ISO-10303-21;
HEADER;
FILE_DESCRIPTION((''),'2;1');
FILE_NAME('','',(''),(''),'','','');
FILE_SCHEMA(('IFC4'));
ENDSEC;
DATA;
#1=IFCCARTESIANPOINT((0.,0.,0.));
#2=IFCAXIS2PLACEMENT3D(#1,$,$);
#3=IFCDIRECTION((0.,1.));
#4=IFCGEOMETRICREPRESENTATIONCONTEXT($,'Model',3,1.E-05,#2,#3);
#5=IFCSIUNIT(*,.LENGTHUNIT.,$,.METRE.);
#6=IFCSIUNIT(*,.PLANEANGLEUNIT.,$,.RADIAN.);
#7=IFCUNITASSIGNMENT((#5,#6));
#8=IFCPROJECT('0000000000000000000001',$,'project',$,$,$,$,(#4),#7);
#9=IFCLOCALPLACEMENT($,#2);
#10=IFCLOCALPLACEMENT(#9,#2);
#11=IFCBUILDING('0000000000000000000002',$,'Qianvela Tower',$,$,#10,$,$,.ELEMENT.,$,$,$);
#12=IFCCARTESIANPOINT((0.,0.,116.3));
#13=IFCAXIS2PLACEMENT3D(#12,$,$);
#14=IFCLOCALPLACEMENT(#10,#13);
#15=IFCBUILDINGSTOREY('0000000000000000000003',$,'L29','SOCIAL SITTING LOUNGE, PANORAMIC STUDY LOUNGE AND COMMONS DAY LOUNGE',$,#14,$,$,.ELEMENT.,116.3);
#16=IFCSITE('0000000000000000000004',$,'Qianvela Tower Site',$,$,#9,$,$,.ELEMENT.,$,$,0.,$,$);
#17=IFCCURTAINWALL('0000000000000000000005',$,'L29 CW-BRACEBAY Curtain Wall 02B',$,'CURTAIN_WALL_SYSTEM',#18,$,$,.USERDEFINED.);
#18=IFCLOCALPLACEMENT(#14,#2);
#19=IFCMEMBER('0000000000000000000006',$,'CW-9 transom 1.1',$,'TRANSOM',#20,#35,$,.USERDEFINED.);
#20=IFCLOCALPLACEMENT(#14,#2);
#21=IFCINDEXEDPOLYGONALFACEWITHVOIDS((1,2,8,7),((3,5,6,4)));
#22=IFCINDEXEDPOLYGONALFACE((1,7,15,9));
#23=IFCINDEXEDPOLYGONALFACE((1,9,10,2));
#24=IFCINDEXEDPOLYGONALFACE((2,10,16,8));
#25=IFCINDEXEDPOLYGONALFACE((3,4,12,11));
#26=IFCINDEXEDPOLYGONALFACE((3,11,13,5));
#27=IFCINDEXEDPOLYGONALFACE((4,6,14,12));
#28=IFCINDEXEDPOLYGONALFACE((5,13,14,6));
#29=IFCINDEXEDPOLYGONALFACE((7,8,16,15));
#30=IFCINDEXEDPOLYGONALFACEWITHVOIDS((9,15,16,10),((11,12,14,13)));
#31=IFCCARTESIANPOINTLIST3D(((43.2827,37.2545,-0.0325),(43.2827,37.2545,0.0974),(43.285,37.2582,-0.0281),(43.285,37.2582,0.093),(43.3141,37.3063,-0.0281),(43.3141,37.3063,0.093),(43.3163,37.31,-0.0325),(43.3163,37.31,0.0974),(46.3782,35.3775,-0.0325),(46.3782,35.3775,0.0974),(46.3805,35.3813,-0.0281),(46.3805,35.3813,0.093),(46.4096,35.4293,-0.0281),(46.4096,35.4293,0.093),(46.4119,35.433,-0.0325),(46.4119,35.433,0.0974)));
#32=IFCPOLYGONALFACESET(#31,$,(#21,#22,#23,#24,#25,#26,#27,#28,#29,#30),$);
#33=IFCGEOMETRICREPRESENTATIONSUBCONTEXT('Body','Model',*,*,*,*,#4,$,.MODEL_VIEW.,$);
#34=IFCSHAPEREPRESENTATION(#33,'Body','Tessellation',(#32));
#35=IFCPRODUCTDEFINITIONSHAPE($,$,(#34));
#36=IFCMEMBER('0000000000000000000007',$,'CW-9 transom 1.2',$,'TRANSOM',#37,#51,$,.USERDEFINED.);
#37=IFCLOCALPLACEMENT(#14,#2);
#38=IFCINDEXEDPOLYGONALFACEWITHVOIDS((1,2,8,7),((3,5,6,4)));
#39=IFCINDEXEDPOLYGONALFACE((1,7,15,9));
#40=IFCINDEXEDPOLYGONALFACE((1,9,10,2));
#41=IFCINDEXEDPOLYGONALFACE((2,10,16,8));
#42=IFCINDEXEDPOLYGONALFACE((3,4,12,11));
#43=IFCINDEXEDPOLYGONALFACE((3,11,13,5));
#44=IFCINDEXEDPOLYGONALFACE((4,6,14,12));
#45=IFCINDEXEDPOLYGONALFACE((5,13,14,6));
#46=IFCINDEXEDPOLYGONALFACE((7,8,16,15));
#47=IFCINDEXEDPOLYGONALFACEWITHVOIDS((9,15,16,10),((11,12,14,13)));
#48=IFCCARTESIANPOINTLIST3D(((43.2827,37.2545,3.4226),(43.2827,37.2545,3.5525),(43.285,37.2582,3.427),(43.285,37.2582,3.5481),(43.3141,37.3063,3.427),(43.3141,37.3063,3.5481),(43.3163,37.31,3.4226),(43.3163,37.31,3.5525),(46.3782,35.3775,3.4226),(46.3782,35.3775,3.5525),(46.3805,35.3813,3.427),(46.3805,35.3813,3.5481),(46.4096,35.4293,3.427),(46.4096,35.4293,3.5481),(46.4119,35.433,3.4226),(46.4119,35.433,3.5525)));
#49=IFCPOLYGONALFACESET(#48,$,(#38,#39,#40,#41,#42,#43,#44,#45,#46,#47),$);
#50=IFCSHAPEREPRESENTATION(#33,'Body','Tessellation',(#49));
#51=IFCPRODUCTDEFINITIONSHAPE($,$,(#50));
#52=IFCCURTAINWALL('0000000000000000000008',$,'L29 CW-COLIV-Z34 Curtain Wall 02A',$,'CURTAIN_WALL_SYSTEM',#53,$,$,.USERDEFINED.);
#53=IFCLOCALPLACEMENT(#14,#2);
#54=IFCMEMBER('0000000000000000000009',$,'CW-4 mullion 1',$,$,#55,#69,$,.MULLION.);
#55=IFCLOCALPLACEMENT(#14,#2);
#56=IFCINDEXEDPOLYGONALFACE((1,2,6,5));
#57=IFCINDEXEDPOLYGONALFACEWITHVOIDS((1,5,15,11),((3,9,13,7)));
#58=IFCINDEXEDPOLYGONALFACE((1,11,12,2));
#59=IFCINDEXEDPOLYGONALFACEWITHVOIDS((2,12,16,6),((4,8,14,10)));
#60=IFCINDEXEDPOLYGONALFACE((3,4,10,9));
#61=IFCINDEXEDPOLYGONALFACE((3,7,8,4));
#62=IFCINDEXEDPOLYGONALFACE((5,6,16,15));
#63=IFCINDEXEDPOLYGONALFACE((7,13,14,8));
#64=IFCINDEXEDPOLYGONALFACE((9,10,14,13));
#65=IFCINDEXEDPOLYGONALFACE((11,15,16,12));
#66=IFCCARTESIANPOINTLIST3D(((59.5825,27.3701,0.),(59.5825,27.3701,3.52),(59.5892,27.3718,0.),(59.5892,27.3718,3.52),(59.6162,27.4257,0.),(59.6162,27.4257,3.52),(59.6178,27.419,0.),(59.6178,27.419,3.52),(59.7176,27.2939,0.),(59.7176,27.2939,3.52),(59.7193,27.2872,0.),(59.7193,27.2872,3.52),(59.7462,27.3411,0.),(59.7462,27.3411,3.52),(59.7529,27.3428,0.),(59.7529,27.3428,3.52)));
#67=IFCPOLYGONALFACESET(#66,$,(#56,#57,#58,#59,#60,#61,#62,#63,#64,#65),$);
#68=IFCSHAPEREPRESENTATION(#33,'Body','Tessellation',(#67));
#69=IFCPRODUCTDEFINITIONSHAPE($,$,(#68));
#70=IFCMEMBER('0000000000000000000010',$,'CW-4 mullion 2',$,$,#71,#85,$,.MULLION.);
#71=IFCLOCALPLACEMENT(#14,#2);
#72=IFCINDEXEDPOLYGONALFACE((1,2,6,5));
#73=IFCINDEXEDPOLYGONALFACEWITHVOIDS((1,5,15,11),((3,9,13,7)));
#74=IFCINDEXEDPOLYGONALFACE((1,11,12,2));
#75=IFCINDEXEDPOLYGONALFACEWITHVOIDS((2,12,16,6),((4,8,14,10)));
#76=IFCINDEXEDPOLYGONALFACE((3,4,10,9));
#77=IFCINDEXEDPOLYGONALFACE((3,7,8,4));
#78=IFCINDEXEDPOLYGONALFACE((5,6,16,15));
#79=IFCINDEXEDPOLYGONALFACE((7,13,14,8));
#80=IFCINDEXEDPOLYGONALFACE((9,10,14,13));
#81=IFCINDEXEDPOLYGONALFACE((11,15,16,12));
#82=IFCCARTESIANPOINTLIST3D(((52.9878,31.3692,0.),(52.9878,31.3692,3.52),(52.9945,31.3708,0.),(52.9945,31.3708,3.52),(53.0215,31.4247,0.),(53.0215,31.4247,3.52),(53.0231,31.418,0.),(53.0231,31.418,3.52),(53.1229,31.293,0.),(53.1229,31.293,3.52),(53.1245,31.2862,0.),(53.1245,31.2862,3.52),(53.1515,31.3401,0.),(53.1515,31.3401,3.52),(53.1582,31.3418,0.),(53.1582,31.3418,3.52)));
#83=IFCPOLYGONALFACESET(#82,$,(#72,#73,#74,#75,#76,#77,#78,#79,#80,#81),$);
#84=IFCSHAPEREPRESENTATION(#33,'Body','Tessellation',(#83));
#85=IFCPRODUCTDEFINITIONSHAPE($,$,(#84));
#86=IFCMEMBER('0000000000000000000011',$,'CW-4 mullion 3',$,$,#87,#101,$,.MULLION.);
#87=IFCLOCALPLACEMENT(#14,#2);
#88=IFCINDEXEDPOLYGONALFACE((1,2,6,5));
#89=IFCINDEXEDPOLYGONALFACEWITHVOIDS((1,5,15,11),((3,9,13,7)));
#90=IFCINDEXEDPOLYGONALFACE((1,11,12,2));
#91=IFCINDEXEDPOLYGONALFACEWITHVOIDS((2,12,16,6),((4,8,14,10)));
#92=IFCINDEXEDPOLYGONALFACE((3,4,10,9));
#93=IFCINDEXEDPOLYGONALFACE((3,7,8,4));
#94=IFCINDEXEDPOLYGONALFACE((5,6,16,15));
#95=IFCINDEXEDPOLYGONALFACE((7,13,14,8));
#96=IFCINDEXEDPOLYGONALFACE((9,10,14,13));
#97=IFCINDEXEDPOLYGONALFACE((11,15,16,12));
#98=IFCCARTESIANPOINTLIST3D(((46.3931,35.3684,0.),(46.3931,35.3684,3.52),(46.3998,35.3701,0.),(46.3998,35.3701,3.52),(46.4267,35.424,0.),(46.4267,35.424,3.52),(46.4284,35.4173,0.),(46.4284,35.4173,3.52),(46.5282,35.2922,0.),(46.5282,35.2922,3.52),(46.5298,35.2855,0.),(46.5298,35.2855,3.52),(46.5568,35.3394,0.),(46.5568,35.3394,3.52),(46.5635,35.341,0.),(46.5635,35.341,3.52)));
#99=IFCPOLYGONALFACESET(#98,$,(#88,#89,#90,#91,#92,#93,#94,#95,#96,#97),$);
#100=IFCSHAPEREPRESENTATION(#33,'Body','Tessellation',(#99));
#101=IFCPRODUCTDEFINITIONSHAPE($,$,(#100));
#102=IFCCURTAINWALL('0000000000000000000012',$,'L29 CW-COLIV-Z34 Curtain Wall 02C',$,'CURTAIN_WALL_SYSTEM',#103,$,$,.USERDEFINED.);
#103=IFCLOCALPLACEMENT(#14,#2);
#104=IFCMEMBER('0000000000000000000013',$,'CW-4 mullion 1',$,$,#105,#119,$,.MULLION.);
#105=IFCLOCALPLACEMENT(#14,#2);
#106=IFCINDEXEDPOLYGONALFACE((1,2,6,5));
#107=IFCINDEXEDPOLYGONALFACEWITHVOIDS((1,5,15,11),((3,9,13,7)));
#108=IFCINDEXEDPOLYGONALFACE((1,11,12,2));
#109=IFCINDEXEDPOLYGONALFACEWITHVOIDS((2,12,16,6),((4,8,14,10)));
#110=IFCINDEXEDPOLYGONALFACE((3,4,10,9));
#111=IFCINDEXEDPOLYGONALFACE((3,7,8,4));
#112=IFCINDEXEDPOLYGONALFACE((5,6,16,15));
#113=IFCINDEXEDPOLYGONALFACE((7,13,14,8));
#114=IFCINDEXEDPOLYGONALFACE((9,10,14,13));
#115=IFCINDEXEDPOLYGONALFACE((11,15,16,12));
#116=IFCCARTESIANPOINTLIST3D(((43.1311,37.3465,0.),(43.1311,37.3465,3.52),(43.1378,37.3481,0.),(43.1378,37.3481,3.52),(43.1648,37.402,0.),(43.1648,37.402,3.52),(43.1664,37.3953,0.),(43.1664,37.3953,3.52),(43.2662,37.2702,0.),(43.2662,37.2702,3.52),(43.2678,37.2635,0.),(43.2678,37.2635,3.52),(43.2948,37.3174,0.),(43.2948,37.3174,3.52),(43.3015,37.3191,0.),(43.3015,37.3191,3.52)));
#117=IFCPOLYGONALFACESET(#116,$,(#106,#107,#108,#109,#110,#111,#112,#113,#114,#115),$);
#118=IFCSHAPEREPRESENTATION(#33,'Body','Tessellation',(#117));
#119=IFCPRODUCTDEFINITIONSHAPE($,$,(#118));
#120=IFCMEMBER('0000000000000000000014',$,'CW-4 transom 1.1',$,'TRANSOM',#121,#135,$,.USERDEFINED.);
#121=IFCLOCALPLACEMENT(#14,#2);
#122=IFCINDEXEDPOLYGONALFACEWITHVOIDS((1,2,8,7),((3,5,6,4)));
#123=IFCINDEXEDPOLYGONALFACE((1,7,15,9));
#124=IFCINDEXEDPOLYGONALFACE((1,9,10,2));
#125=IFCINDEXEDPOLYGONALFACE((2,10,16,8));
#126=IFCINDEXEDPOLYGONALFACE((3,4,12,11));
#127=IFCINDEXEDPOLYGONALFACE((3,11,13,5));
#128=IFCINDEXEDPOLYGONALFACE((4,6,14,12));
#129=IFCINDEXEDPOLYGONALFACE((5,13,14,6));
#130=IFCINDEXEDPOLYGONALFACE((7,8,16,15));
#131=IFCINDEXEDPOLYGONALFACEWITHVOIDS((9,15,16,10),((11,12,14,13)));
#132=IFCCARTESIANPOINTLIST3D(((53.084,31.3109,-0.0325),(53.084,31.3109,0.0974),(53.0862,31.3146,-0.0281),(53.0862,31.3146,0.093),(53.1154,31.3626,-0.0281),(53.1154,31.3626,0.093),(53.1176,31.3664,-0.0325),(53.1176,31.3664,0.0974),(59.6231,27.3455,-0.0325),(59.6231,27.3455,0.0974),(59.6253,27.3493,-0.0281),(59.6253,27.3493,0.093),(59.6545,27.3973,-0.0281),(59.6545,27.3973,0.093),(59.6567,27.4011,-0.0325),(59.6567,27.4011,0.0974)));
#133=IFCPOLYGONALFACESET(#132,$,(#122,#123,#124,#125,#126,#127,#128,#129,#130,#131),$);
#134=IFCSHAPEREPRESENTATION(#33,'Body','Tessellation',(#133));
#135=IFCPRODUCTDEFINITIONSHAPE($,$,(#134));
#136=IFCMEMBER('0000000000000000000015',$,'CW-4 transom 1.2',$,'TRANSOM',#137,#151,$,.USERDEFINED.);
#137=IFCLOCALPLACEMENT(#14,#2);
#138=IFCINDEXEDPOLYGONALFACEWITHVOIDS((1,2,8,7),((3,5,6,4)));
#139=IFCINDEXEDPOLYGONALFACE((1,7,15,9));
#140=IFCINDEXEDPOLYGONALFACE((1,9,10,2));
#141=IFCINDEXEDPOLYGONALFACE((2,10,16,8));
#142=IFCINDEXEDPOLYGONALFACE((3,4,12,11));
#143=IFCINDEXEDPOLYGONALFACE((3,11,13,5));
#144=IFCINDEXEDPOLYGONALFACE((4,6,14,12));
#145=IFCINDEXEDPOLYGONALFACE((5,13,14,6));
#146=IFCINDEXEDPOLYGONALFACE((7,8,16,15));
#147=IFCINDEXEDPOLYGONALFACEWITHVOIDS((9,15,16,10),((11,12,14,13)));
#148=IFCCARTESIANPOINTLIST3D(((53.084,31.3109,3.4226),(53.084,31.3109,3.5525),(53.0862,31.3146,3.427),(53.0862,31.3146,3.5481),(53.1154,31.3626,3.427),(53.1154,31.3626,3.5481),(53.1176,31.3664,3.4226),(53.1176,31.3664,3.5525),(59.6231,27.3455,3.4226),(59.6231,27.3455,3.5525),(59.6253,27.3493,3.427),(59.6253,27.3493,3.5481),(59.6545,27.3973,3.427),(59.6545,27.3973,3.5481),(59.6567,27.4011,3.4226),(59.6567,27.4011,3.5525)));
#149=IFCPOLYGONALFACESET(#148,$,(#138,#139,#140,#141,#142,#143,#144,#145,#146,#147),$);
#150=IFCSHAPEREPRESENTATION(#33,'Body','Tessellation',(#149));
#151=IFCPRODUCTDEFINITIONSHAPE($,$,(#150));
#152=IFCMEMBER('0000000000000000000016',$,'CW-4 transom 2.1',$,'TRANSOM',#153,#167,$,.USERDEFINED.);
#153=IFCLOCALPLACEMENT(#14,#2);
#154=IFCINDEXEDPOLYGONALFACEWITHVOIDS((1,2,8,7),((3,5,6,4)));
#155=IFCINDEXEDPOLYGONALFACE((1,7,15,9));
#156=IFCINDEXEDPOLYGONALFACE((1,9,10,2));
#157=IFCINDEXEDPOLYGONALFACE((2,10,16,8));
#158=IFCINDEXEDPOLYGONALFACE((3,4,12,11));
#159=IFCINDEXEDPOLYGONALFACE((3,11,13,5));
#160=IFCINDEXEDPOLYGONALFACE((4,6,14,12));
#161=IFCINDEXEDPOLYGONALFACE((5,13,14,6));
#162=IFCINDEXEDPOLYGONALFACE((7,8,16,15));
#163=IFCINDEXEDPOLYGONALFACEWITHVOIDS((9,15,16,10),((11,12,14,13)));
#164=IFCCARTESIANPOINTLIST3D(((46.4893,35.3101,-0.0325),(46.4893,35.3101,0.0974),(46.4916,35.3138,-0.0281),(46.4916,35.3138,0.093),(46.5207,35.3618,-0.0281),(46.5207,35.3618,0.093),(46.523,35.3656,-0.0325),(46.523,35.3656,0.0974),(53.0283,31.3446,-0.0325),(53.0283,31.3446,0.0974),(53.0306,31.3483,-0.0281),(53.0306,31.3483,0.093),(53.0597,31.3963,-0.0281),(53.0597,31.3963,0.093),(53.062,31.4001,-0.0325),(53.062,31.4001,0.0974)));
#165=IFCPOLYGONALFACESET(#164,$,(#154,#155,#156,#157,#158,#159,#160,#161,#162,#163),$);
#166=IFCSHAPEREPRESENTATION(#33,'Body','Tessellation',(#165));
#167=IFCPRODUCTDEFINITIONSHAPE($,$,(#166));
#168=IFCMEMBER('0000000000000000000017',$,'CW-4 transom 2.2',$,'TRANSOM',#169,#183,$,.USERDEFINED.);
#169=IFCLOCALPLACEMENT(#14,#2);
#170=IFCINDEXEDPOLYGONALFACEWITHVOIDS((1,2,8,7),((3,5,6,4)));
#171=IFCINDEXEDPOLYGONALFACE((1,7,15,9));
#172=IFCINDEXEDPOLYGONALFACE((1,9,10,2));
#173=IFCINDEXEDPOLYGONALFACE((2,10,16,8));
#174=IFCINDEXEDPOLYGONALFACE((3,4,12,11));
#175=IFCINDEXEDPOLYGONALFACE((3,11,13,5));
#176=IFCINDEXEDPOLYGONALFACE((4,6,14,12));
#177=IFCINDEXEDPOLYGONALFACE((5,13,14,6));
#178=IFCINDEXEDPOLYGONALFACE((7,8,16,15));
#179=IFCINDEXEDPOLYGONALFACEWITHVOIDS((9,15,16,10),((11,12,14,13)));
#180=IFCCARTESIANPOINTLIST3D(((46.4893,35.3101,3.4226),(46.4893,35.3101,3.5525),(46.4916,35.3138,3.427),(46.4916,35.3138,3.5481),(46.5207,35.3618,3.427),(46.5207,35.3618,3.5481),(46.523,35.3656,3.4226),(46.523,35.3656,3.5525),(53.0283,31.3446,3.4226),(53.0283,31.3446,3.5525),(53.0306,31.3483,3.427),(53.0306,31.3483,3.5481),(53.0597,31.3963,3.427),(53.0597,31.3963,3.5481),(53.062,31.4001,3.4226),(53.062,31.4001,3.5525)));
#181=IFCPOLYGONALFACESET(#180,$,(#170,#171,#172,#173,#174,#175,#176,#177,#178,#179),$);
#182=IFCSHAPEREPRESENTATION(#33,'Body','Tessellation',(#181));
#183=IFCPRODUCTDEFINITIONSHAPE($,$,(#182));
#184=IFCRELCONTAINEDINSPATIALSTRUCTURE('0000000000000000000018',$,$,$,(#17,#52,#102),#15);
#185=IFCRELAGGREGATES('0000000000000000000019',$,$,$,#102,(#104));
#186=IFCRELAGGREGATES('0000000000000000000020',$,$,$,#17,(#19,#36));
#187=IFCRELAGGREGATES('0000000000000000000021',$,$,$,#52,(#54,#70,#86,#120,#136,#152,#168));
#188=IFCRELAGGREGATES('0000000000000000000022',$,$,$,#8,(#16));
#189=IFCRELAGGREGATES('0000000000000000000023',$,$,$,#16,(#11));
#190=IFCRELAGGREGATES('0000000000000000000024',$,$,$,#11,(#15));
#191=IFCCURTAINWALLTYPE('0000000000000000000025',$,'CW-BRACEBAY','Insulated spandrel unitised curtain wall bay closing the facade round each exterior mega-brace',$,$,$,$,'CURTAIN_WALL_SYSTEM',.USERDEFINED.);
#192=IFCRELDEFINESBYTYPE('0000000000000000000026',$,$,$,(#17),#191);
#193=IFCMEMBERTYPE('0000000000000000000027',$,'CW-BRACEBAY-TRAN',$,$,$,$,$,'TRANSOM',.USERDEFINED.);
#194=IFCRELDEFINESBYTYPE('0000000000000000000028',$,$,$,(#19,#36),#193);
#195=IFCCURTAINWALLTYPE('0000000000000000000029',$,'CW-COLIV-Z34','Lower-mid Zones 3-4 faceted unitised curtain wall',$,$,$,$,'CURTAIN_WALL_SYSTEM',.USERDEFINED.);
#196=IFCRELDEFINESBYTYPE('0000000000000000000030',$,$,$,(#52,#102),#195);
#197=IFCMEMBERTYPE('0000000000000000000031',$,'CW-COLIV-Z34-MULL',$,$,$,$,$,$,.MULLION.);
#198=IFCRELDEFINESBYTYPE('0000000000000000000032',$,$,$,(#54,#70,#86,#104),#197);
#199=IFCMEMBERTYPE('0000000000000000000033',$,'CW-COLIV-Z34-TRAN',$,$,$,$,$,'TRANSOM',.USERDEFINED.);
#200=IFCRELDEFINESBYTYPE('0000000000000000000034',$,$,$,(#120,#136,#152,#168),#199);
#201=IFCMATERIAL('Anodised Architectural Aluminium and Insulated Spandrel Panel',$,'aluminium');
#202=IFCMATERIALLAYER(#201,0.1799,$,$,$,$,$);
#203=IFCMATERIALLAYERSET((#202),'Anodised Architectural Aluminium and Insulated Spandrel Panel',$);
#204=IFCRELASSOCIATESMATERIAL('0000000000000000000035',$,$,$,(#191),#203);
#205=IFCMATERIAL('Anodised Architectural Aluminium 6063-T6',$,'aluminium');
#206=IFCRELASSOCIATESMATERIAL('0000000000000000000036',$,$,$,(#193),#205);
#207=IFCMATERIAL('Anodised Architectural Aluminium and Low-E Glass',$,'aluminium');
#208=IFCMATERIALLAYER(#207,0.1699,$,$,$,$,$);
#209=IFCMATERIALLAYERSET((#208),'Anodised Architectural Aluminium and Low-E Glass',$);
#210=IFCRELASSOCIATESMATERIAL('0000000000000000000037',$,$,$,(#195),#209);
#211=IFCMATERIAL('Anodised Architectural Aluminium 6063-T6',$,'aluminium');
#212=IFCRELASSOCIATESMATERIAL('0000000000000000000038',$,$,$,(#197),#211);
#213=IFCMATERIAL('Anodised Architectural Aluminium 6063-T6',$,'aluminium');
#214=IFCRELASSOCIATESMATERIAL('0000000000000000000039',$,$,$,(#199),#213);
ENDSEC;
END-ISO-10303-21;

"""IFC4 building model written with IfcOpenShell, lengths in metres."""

from ifc_helpers import new_model, si_unit, direction, frame, origin, origin_2d, place, context, subcontext, project, spatial, hollow_rectangle, extrude, material, layer, layer_set, material_profile, profile_set, type_object, element, aggregate, save


model = new_model("IFC4")

# Units and contexts
model_context = context("Model", 3, precision=1e-05, world=origin(), true_north=direction((0.0, 1.0)))
body_context = subcontext(model_context, "Body", "Model", "MODEL_VIEW")
ifc_project = project(units=[si_unit("LENGTHUNIT", "METRE"), si_unit("PLANEANGLEUNIT", "RADIAN")], contexts=[model_context])

# Site, building, storey
site_placement = place(None, origin())
site = spatial("IfcSite", under=ifc_project, at=site_placement, Name="Qianvela Tower Site", CompositionType="ELEMENT", RefElevation=0.0)
building_placement = place(site_placement, origin())
building = spatial("IfcBuilding", under=site, at=building_placement, Name="Qianvela Tower", CompositionType="ELEMENT")
storey_placement = place(building_placement, frame((0.0, 0.0, 116.3)))
storey = spatial("IfcBuildingStorey", under=building, at=storey_placement, Name="L29", Description="SOCIAL SITTING LOUNGE, PANORAMIC STUDY LOUNGE AND COMMONS DAY LOUNGE", CompositionType="ELEMENT", Elevation=116.3)

# Curtain walls, members
ifc_material_1 = material(Name="Anodised Architectural Aluminium and Insulated Spandrel Panel", Category="aluminium")
ifc_layer_1 = layer(ifc_material_1, 0.1799)
ifc_layer_set_1 = layer_set([ifc_layer_1], Name="Anodised Architectural Aluminium and Insulated Spandrel Panel")
curtain_wall_type_1 = type_object("IfcCurtainWallType", Name="CW-BRACEBAY", Description="Insulated spandrel unitised curtain wall bay closing the facade round each exterior mega-brace", ElementType="CURTAIN_WALL_SYSTEM", PredefinedType="USERDEFINED", material=ifc_layer_set_1)
curtain_wall_1_placement = place(storey_placement, origin())
curtain_wall_1 = element("IfcCurtainWall", 1, at=curtain_wall_1_placement, inside=storey, type_object=curtain_wall_type_1, Name="L29 CW-BRACEBAY Curtain Wall 02B", ObjectType="CURTAIN_WALL_SYSTEM", PredefinedType="USERDEFINED")
ifc_material_2 = material(Name="Anodised Architectural Aluminium 6063-T6", Category="aluminium")
ifc_material_profile_1 = material_profile(ifc_material_2, hollow_rectangle(XDim=0.0649, YDim=0.1299, WallThickness=0.0044, at=origin_2d()), Name="ALU-TRAN-65x130")
ifc_profile_set_1 = profile_set([ifc_material_profile_1], Name="Anodised Architectural Aluminium 6063-T6")
member_type_1 = type_object("IfcMemberType", Name="CW-BRACEBAY-TRAN", ElementType="TRANSOM", PredefinedType="USERDEFINED", material=ifc_profile_set_1)
member_1_placement = place(storey_placement, frame((46.395, 35.4053, 0.0325), z_axis=(-0.855085, 0.518487, 0.0), x_axis=(-0.518487, -0.855085, 0.0)))
member_1 = element("IfcMember", 2, at=member_1_placement, type_object=member_type_1, Name="CW-9 transom 1.1", ObjectType="TRANSOM", PredefinedType="USERDEFINED", context=body_context, shape_type="SweptSolid", body=[
    extrude(hollow_rectangle(XDim=0.0649, YDim=0.1299, WallThickness=0.0044, at=origin_2d()), origin(), (0.0, 0.0, 1.0), 3.6201),
])
member_2_placement = place(storey_placement, frame((46.395, 35.4053, 3.4875), z_axis=(-0.855085, 0.518487, 0.0), x_axis=(-0.518487, -0.855085, 0.0)))
member_2 = element("IfcMember", 3, at=member_2_placement, type_object=member_type_1, Name="CW-9 transom 1.2", ObjectType="TRANSOM", PredefinedType="USERDEFINED", context=body_context, shape_type="SweptSolid", body=[
    extrude(hollow_rectangle(XDim=0.0649, YDim=0.1299, WallThickness=0.0044, at=origin_2d()), origin(), (0.0, 0.0, 1.0), 3.6201),
])
ifc_material_3 = material(Name="Anodised Architectural Aluminium and Low-E Glass", Category="aluminium")
ifc_layer_2 = layer(ifc_material_3, 0.1699)
ifc_layer_set_2 = layer_set([ifc_layer_2], Name="Anodised Architectural Aluminium and Low-E Glass")
curtain_wall_type_2 = type_object("IfcCurtainWallType", Name="CW-COLIV-Z34", Description="Lower-mid Zones 3-4 faceted unitised curtain wall", ElementType="CURTAIN_WALL_SYSTEM", PredefinedType="USERDEFINED", material=ifc_layer_set_2)
curtain_wall_2_placement = place(storey_placement, origin())
curtain_wall_2 = element("IfcCurtainWall", 4, at=curtain_wall_2_placement, inside=storey, type_object=curtain_wall_type_2, Name="L29 CW-COLIV-Z34 Curtain Wall 02A", ObjectType="CURTAIN_WALL_SYSTEM", PredefinedType="USERDEFINED")
ifc_material_4 = material(Name="Anodised Architectural Aluminium 6063-T6", Category="aluminium")
ifc_material_profile_2 = material_profile(ifc_material_4, hollow_rectangle(XDim=0.0649, YDim=0.1599, WallThickness=0.0049, at=origin_2d()), Name="ALU-MULL-65x160")
ifc_profile_set_2 = profile_set([ifc_material_profile_2], Name="Anodised Architectural Aluminium 6063-T6")
member_type_2 = type_object("IfcMemberType", Name="CW-COLIV-Z34-MULL", PredefinedType="MULLION", material=ifc_profile_set_2)
member_3_placement = place(storey_placement, frame((59.6677, 27.3564, 0.0), z_axis=(0.0, 0.0, 1.0), x_axis=(-0.518523, -0.855064, 0.0)))
member_3 = element("IfcMember", 5, at=member_3_placement, type_object=member_type_2, Name="CW-4 mullion 1", PredefinedType="MULLION", context=body_context, shape_type="SweptSolid", body=[
    extrude(hollow_rectangle(XDim=0.0649, YDim=0.1599, WallThickness=0.0049, at=origin_2d()), origin(), (0.0, 0.0, 1.0), 3.52),
])
member_4_placement = place(storey_placement, frame((53.073, 31.3555, 0.0), z_axis=(0.0, 0.0, 1.0), x_axis=(-0.518523, -0.855064, 0.0)))
member_4 = element("IfcMember", 6, at=member_4_placement, type_object=member_type_2, Name="CW-4 mullion 2", PredefinedType="MULLION", context=body_context, shape_type="SweptSolid", body=[
    extrude(hollow_rectangle(XDim=0.0649, YDim=0.1599, WallThickness=0.0049, at=origin_2d()), origin(), (0.0, 0.0, 1.0), 3.52),
])
member_5_placement = place(storey_placement, frame((46.4783, 35.3547, 0.0), z_axis=(0.0, 0.0, 1.0), x_axis=(-0.518523, -0.855064, 0.0)))
member_5 = element("IfcMember", 7, at=member_5_placement, type_object=member_type_2, Name="CW-4 mullion 3", PredefinedType="MULLION", context=body_context, shape_type="SweptSolid", body=[
    extrude(hollow_rectangle(XDim=0.0649, YDim=0.1599, WallThickness=0.0049, at=origin_2d()), origin(), (0.0, 0.0, 1.0), 3.52),
])

# Curtain wall, member
curtain_wall_3_placement = place(storey_placement, origin())
curtain_wall_3 = element("IfcCurtainWall", 8, at=curtain_wall_3_placement, inside=storey, type_object=curtain_wall_type_2, Name="L29 CW-COLIV-Z34 Curtain Wall 02C", ObjectType="CURTAIN_WALL_SYSTEM", PredefinedType="USERDEFINED")
member_6_placement = place(storey_placement, frame((43.2163, 37.3328, 0.0), z_axis=(0.0, 0.0, 1.0), x_axis=(-0.518521, -0.855065, 0.0)))
member_6 = element("IfcMember", 9, at=member_6_placement, type_object=member_type_2, Name="CW-4 mullion 1", PredefinedType="MULLION", context=body_context, shape_type="SweptSolid", body=[
    extrude(hollow_rectangle(XDim=0.0649, YDim=0.1599, WallThickness=0.0049, at=origin_2d()), origin(), (0.0, 0.0, 1.0), 3.52),
])

# Members
ifc_material_5 = material(Name="Anodised Architectural Aluminium 6063-T6", Category="aluminium")
ifc_material_profile_3 = material_profile(ifc_material_5, hollow_rectangle(XDim=0.0649, YDim=0.1299, WallThickness=0.0044, at=origin_2d()), Name="ALU-TRAN-65x130")
ifc_profile_set_3 = profile_set([ifc_material_profile_3], Name="Anodised Architectural Aluminium 6063-T6")
member_type_3 = type_object("IfcMemberType", Name="CW-COLIV-Z34-TRAN", ElementType="TRANSOM", PredefinedType="USERDEFINED", material=ifc_profile_set_3)
member_7_placement = place(storey_placement, frame((59.6399, 27.3733, 0.0325), z_axis=(-0.855067, 0.518518, 0.0), x_axis=(-0.518518, -0.855067, 0.0)))
member_7 = element("IfcMember", 10, at=member_7_placement, type_object=member_type_3, Name="CW-4 transom 1.1", ObjectType="TRANSOM", PredefinedType="USERDEFINED", context=body_context, shape_type="SweptSolid", body=[
    extrude(hollow_rectangle(XDim=0.0649, YDim=0.1299, WallThickness=0.0044, at=origin_2d()), origin(), (0.0, 0.0, 1.0), 7.6475),
])
member_8_placement = place(storey_placement, frame((59.6399, 27.3733, 3.4875), z_axis=(-0.855067, 0.518518, 0.0), x_axis=(-0.518518, -0.855067, 0.0)))
member_8 = element("IfcMember", 11, at=member_8_placement, type_object=member_type_3, Name="CW-4 transom 1.2", ObjectType="TRANSOM", PredefinedType="USERDEFINED", context=body_context, shape_type="SweptSolid", body=[
    extrude(hollow_rectangle(XDim=0.0649, YDim=0.1299, WallThickness=0.0044, at=origin_2d()), origin(), (0.0, 0.0, 1.0), 7.6475),
])
member_9_placement = place(storey_placement, frame((53.0452, 31.3723, 0.0325), z_axis=(-0.855052, 0.518542, 0.0), x_axis=(-0.518542, -0.855052, 0.0)))
member_9 = element("IfcMember", 12, at=member_9_placement, type_object=member_type_3, Name="CW-4 transom 2.1", ObjectType="TRANSOM", PredefinedType="USERDEFINED", context=body_context, shape_type="SweptSolid", body=[
    extrude(hollow_rectangle(XDim=0.0649, YDim=0.1299, WallThickness=0.0044, at=origin_2d()), origin(), (0.0, 0.0, 1.0), 7.6475),
])
member_10_placement = place(storey_placement, frame((53.0452, 31.3723, 3.4875), z_axis=(-0.855052, 0.518542, 0.0), x_axis=(-0.518542, -0.855052, 0.0)))
member_10 = element("IfcMember", 13, at=member_10_placement, type_object=member_type_3, Name="CW-4 transom 2.2", ObjectType="TRANSOM", PredefinedType="USERDEFINED", context=body_context, shape_type="SweptSolid", body=[
    extrude(hollow_rectangle(XDim=0.0649, YDim=0.1299, WallThickness=0.0044, at=origin_2d()), origin(), (0.0, 0.0, 1.0), 7.6475),
])
aggregate(curtain_wall_3, [member_6])

aggregate(curtain_wall_1, [member_1, member_2])
aggregate(curtain_wall_2, [member_3, member_4, member_5, member_7, member_8, member_9, member_10])

save(model, "model.ifc")
